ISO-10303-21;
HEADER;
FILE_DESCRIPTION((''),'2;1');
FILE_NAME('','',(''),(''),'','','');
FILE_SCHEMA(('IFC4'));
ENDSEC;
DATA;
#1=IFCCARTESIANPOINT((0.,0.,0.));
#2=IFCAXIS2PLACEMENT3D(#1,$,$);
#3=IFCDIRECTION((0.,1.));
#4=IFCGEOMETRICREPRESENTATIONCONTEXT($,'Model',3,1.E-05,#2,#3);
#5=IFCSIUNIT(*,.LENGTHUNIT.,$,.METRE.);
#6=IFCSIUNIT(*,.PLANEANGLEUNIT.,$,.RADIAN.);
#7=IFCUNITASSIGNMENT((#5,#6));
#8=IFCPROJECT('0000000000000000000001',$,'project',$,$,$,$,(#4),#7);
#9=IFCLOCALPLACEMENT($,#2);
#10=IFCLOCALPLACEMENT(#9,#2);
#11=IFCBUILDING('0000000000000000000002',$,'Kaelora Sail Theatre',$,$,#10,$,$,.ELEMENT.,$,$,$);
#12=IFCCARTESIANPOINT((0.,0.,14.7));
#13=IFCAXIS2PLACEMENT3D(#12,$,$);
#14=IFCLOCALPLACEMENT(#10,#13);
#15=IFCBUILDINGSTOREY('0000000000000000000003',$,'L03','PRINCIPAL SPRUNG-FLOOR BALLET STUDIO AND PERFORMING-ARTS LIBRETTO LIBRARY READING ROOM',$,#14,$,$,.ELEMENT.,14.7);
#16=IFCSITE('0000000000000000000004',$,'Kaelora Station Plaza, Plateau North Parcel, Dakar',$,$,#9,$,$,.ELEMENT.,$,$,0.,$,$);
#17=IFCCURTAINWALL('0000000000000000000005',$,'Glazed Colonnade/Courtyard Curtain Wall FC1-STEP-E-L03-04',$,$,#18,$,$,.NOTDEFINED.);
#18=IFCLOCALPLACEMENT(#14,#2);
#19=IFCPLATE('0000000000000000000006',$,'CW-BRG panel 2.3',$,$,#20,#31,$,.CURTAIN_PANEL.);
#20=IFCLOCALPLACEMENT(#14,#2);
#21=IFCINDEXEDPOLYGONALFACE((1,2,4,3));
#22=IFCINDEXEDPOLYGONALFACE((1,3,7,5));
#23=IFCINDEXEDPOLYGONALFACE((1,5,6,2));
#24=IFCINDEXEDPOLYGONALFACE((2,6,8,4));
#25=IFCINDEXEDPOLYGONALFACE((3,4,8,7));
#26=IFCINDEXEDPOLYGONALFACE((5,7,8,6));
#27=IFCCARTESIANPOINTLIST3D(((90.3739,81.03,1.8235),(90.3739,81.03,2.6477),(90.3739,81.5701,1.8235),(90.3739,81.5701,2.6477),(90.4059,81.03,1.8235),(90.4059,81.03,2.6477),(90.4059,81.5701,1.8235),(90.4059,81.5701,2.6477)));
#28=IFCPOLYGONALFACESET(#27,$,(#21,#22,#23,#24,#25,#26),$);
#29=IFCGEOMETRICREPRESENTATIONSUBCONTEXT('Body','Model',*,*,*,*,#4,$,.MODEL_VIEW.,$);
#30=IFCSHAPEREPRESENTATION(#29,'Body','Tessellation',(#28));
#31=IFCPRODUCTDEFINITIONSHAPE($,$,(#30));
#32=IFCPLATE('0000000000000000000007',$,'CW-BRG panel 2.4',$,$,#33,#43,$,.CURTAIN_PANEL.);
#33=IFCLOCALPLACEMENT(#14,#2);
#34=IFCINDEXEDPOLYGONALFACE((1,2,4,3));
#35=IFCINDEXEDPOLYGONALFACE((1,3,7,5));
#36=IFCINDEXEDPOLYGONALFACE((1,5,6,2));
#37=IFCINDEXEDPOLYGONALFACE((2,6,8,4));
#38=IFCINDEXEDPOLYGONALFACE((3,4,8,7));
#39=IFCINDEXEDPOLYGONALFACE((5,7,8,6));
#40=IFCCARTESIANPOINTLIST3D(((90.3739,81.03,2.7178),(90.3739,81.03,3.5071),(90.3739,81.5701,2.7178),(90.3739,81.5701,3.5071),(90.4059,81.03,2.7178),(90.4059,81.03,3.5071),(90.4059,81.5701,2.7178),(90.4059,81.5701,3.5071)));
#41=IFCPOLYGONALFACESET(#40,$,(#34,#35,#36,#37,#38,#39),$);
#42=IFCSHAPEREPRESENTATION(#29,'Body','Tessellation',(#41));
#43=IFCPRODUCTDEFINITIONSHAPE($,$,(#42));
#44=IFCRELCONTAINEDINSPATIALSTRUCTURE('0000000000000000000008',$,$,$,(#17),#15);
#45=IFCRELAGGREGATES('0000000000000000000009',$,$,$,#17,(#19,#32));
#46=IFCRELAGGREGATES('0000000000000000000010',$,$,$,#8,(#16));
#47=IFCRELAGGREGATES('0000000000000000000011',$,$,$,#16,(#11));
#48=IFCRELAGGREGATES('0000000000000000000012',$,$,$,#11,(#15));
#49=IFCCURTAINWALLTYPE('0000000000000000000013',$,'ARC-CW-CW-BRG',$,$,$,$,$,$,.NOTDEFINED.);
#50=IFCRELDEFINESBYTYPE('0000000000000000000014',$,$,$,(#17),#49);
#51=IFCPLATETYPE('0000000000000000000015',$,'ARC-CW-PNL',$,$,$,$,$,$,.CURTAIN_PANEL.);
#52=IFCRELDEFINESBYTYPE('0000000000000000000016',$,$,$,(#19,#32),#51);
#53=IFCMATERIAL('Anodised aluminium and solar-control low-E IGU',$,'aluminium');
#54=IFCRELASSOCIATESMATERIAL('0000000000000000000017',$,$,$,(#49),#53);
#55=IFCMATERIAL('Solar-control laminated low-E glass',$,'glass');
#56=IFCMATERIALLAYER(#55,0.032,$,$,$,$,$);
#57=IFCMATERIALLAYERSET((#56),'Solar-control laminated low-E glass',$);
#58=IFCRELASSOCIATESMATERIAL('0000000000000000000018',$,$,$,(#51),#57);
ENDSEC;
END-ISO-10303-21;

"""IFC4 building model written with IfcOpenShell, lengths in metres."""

from ifc_helpers import new_model, si_unit, direction, frame, origin, origin_2d, place, context, subcontext, project, spatial, rectangle, extrude, material, layer, layer_set, type_object, element, aggregate, save


model = new_model("IFC4")

# Units and contexts
model_context = context("Model", 3, precision=1e-05, world=origin(), true_north=direction((0.0, 1.0)))
body_context = subcontext(model_context, "Body", "Model", "MODEL_VIEW")
ifc_project = project(units=[si_unit("LENGTHUNIT", "METRE"), si_unit("PLANEANGLEUNIT", "RADIAN")], contexts=[model_context])

# Site, building, storey
site_placement = place(None, origin())
site = spatial("IfcSite", under=ifc_project, at=site_placement, Name="Kaelora Station Plaza, Plateau North Parcel, Dakar", CompositionType="ELEMENT", RefElevation=0.0)
building_placement = place(site_placement, origin())
building = spatial("IfcBuilding", under=site, at=building_placement, Name="Kaelora Sail Theatre", CompositionType="ELEMENT")
storey_placement = place(building_placement, frame((0.0, 0.0, 14.7)))
storey = spatial("IfcBuildingStorey", under=building, at=storey_placement, Name="L03", Description="PRINCIPAL SPRUNG-FLOOR BALLET STUDIO AND PERFORMING-ARTS LIBRETTO LIBRARY READING ROOM", CompositionType="ELEMENT", Elevation=14.7)

# Shared definitions
ifc_material_1 = material(Name="Anodised aluminium and solar-control low-E IGU", Category="aluminium")
curtain_wall_type = type_object("IfcCurtainWallType", Name="ARC-CW-CW-BRG", PredefinedType="NOTDEFINED", material=ifc_material_1)

# Curtain wall
curtain_wall_1_placement = place(storey_placement, origin())
curtain_wall_1 = element("IfcCurtainWall", 1, at=curtain_wall_1_placement, inside=storey, type_object=curtain_wall_type, Name="Glazed Colonnade/Courtyard Curtain Wall FC1-STEP-E-L03-04", PredefinedType="NOTDEFINED")

# Plates
ifc_material_2 = material(Name="Solar-control laminated low-E glass", Category="glass")
ifc_layer = layer(ifc_material_2, 0.032)
ifc_layer_set = layer_set([ifc_layer], Name="Solar-control laminated low-E glass")
plate_type = type_object("IfcPlateType", Name="ARC-CW-PNL", PredefinedType="CURTAIN_PANEL", material=ifc_layer_set)
plate_1_placement = place(storey_placement, frame((90.3899, 81.3, 1.8235), z_axis=(0.0, 0.0, 1.0), x_axis=(0.0, 1.0, 0.0)))
plate_1 = element("IfcPlate", 2, at=plate_1_placement, type_object=plate_type, Name="CW-BRG panel 2.3", PredefinedType="CURTAIN_PANEL", context=body_context, shape_type="SweptSolid", body=[
    extrude(rectangle(XDim=0.54, YDim=0.032, at=origin_2d()), origin(), (0.0, 0.0, 1.0), 0.8242),
])
plate_2_placement = place(storey_placement, frame((90.3899, 81.3, 2.7178), z_axis=(0.0, 0.0, 1.0), x_axis=(0.0, 1.0, 0.0)))
plate_2 = element("IfcPlate", 3, at=plate_2_placement, type_object=plate_type, Name="CW-BRG panel 2.4", PredefinedType="CURTAIN_PANEL", context=body_context, shape_type="SweptSolid", body=[
    extrude(rectangle(XDim=0.54, YDim=0.032, at=origin_2d()), origin(), (0.0, 0.0, 1.0), 0.7893),
])
aggregate(curtain_wall_1, [plate_1, plate_2])

save(model, "model.ifc")
